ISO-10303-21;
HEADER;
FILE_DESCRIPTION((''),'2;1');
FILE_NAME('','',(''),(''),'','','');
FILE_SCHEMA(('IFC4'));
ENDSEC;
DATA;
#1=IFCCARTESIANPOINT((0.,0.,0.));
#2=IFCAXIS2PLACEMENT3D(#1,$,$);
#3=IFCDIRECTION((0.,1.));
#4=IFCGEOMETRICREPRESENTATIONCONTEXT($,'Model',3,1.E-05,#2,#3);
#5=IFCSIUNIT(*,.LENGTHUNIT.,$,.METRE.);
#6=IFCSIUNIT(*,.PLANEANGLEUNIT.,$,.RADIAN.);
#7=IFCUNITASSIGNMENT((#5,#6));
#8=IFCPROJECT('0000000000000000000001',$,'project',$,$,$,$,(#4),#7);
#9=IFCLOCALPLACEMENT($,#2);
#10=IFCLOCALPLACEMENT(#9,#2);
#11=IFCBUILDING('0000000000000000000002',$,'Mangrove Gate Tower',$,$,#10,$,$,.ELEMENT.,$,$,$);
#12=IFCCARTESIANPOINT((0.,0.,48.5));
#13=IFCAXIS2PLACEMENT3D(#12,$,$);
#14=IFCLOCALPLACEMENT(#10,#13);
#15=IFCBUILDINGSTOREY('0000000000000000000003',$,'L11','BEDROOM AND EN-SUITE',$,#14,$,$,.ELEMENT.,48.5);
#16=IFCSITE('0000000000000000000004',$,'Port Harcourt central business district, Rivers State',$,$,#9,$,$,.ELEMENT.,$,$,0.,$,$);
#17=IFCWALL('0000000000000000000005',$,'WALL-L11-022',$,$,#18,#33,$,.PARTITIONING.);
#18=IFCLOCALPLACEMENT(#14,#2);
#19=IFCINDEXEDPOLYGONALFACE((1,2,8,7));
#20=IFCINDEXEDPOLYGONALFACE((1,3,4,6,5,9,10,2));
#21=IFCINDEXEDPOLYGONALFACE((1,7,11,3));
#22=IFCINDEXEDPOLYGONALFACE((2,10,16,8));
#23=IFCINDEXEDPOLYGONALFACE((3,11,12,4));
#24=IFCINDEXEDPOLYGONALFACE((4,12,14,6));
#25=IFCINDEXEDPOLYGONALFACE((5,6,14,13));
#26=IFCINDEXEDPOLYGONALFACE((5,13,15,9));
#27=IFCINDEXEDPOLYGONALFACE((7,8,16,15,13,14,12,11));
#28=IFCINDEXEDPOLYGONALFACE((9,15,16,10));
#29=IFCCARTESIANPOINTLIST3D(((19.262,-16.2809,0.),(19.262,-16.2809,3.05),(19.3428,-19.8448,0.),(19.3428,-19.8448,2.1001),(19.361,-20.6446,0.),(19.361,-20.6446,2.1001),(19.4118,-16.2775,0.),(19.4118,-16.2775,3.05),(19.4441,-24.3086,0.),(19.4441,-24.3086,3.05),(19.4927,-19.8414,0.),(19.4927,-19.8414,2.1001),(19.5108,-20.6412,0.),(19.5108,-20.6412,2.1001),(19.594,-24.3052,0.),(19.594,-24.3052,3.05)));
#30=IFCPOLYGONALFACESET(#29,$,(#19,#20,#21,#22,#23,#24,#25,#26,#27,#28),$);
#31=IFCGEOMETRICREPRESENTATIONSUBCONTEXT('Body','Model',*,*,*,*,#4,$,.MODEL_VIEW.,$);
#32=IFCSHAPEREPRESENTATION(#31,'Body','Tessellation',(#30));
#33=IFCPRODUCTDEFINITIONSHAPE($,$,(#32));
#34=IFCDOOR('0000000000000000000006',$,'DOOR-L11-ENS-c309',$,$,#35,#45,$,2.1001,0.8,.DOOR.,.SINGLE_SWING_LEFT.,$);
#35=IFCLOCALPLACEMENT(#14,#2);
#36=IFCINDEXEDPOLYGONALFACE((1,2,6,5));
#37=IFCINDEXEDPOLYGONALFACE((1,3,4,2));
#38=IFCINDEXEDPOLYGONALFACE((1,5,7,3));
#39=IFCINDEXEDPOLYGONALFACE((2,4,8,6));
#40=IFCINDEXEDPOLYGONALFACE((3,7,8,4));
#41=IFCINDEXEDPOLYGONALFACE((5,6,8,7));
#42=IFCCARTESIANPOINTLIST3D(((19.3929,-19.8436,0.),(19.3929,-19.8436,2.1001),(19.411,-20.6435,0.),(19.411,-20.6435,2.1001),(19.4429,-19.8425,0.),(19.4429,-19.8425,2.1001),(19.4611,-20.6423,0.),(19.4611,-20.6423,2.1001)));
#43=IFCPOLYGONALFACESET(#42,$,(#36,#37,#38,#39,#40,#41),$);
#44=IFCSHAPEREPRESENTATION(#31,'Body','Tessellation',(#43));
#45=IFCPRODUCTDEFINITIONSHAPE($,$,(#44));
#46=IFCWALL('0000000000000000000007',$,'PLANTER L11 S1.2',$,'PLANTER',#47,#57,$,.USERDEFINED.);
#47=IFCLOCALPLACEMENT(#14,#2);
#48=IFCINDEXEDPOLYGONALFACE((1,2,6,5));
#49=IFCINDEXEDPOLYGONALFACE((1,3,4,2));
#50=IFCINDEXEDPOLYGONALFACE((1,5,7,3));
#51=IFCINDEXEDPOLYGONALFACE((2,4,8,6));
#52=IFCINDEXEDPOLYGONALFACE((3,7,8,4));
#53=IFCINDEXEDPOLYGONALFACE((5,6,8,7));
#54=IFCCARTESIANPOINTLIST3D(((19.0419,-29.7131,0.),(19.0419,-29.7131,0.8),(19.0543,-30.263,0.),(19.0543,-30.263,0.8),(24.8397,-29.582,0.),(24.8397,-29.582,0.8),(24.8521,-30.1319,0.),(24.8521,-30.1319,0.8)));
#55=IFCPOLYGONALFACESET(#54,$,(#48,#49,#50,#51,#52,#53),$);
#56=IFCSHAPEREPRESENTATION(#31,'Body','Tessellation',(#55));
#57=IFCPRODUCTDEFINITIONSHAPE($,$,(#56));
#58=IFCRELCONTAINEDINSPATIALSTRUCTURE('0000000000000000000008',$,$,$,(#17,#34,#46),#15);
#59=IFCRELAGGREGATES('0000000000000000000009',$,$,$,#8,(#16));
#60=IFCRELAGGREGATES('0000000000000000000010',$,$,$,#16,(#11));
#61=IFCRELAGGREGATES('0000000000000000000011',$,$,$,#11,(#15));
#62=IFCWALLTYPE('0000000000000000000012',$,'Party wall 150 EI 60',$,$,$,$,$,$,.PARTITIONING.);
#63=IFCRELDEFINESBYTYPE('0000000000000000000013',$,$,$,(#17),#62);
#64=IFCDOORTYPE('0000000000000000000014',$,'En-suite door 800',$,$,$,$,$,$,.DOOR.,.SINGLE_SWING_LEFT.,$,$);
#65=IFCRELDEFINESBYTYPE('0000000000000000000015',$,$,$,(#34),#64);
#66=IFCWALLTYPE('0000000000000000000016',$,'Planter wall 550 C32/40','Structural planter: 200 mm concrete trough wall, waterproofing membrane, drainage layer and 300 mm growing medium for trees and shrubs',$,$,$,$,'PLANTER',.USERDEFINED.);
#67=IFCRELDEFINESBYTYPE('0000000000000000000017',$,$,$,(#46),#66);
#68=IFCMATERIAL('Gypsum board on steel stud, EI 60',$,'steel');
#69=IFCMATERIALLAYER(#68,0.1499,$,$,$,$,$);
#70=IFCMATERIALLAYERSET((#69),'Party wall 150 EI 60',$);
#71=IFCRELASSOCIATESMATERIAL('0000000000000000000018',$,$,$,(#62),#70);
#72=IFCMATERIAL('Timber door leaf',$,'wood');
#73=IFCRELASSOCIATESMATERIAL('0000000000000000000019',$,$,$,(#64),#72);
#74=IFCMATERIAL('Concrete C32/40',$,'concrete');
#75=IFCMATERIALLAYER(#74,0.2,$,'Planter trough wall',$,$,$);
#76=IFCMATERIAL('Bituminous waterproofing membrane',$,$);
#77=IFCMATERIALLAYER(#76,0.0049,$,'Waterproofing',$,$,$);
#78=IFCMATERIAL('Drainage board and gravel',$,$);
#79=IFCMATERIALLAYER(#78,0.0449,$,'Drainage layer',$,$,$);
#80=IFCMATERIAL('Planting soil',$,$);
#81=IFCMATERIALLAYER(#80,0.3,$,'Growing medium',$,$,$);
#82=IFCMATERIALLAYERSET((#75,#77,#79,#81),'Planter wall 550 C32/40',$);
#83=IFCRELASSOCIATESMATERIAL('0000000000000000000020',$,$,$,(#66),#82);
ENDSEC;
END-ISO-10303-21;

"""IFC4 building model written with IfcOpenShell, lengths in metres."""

from ifc_helpers import new_model, si_unit, direction, frame, frame_2d, origin, place, context, subcontext, project, spatial, rectangle, extrude, material, layer, layer_set, type_object, element, fill, save


model = new_model("IFC4")

# Units and contexts
model_context = context("Model", 3, precision=1e-05, world=origin(), true_north=direction((0.0, 1.0)))
body_context = subcontext(model_context, "Body", "Model", "MODEL_VIEW")
ifc_project = project(units=[si_unit("LENGTHUNIT", "METRE"), si_unit("PLANEANGLEUNIT", "RADIAN")], contexts=[model_context])

# Site, building, storey
site_placement = place(None, origin())
site = spatial("IfcSite", under=ifc_project, at=site_placement, Name="Port Harcourt central business district, Rivers State", CompositionType="ELEMENT", RefElevation=0.0)
building_placement = place(site_placement, origin())
building = spatial("IfcBuilding", under=site, at=building_placement, Name="Mangrove Gate Tower", CompositionType="ELEMENT")
storey_placement = place(building_placement, frame((0.0, 0.0, 48.5)))
storey = spatial("IfcBuildingStorey", under=building, at=storey_placement, Name="L11", Description="BEDROOM AND EN-SUITE", CompositionType="ELEMENT", Elevation=48.5)

# Shared definitions
ifc_material_1 = material(Name="Gypsum board on steel stud, EI 60", Category="steel")
ifc_layer_1 = layer(ifc_material_1, 0.1499)
ifc_layer_set_1 = layer_set([ifc_layer_1], Name="Party wall 150 EI 60")
wall_type_1 = type_object("IfcWallType", Name="Party wall 150 EI 60", PredefinedType="PARTITIONING", material=ifc_layer_set_1)

# Wall, opening, door
wall_1_placement = place(storey_placement, frame((19.519, -24.3069, 0.0), z_axis=(0.0, 0.0, 1.0), x_axis=(-0.022681, 0.999743, 0.0)))
wall_1 = element("IfcWall", 1, at=wall_1_placement, inside=storey, type_object=wall_type_1, Name="WALL-L11-022", PredefinedType="PARTITIONING", context=body_context, shape_type="SweptSolid", body=[
    extrude(rectangle(XDim=8.0298, YDim=0.1499, at=frame_2d((4.0149, 0.0))), origin(), (0.0, 0.0, 1.0), 3.05),
])
opening_1_placement = place(wall_1_placement, frame((3.665, 0.0, 0.0)))
opening_1 = element("IfcOpeningElement", 2, at=opening_1_placement, cuts=wall_1, PredefinedType="OPENING", context=body_context, shape_type="SweptSolid", body=[
    extrude(rectangle(XDim=0.8, YDim=2.1001, at=frame_2d((0.3999, 1.05))), frame((0.0, 0.085, 0.0), z_axis=(0.0, -1.0, 0.0), x_axis=(1.0, 0.0, 0.0)), (0.0, 0.0, 1.0), 0.1699),
])
ifc_material_2 = material(Name="Timber door leaf", Category="wood")
door_type_1 = type_object("IfcDoorType", Name="En-suite door 800", OperationType="SINGLE_SWING_LEFT", PredefinedType="DOOR", material=ifc_material_2)
door_1_placement = place(opening_1_placement, origin())
door_1 = element("IfcDoor", 3, at=door_1_placement, inside=storey, type_object=door_type_1, Name="DOOR-L11-ENS-c309", OperationType="SINGLE_SWING_LEFT", OverallHeight=2.1001, OverallWidth=0.8, PredefinedType="DOOR", context=body_context, shape_type="SweptSolid", body=[
    extrude(rectangle(XDim=0.8, YDim=2.1001, at=frame_2d((0.3999, 1.05))), frame((0.0, 0.0249, 0.0), z_axis=(0.0, -1.0, 0.0), x_axis=(1.0, 0.0, 0.0)), (0.0, 0.0, 1.0), 0.05),
])
fill(opening_1, door_1)

# Wall
ifc_material_3 = material(Name="Concrete C32/40", Category="concrete")
ifc_layer_2 = layer(ifc_material_3, 0.2, Name="Planter trough wall")
ifc_material_4 = material(Name="Bituminous waterproofing membrane")
ifc_layer_3 = layer(ifc_material_4, 0.0049, Name="Waterproofing")
ifc_material_5 = material(Name="Drainage board and gravel")
ifc_layer_4 = layer(ifc_material_5, 0.0449, Name="Drainage layer")
ifc_material_6 = material(Name="Planting soil")
ifc_layer_5 = layer(ifc_material_6, 0.3, Name="Growing medium")
ifc_layer_set_2 = layer_set([ifc_layer_2, ifc_layer_3, ifc_layer_4, ifc_layer_5], Name="Planter wall 550 C32/40")
wall_type_2 = type_object("IfcWallType", Name="Planter wall 550 C32/40", Description="Structural planter: 200 mm concrete trough wall, waterproofing membrane, drainage layer and 300 mm growing medium for trees and shrubs", ElementType="PLANTER", PredefinedType="USERDEFINED", material=ifc_layer_set_2)
wall_2_placement = place(storey_placement, frame((19.0481, -29.988, 0.0), z_axis=(0.0, 0.0, 1.0), x_axis=(0.999744, 0.022607, 0.0)))
element("IfcWall", 4, at=wall_2_placement, inside=storey, type_object=wall_type_2, Name="PLANTER L11 S1.2", ObjectType="PLANTER", PredefinedType="USERDEFINED", context=body_context, shape_type="SweptSolid", body=[
    extrude(rectangle(XDim=5.7993, YDim=0.55, at=frame_2d((2.8997, 0.0))), origin(), (0.0, 0.0, 1.0), 0.8),
])

save(model, "model.ifc")
